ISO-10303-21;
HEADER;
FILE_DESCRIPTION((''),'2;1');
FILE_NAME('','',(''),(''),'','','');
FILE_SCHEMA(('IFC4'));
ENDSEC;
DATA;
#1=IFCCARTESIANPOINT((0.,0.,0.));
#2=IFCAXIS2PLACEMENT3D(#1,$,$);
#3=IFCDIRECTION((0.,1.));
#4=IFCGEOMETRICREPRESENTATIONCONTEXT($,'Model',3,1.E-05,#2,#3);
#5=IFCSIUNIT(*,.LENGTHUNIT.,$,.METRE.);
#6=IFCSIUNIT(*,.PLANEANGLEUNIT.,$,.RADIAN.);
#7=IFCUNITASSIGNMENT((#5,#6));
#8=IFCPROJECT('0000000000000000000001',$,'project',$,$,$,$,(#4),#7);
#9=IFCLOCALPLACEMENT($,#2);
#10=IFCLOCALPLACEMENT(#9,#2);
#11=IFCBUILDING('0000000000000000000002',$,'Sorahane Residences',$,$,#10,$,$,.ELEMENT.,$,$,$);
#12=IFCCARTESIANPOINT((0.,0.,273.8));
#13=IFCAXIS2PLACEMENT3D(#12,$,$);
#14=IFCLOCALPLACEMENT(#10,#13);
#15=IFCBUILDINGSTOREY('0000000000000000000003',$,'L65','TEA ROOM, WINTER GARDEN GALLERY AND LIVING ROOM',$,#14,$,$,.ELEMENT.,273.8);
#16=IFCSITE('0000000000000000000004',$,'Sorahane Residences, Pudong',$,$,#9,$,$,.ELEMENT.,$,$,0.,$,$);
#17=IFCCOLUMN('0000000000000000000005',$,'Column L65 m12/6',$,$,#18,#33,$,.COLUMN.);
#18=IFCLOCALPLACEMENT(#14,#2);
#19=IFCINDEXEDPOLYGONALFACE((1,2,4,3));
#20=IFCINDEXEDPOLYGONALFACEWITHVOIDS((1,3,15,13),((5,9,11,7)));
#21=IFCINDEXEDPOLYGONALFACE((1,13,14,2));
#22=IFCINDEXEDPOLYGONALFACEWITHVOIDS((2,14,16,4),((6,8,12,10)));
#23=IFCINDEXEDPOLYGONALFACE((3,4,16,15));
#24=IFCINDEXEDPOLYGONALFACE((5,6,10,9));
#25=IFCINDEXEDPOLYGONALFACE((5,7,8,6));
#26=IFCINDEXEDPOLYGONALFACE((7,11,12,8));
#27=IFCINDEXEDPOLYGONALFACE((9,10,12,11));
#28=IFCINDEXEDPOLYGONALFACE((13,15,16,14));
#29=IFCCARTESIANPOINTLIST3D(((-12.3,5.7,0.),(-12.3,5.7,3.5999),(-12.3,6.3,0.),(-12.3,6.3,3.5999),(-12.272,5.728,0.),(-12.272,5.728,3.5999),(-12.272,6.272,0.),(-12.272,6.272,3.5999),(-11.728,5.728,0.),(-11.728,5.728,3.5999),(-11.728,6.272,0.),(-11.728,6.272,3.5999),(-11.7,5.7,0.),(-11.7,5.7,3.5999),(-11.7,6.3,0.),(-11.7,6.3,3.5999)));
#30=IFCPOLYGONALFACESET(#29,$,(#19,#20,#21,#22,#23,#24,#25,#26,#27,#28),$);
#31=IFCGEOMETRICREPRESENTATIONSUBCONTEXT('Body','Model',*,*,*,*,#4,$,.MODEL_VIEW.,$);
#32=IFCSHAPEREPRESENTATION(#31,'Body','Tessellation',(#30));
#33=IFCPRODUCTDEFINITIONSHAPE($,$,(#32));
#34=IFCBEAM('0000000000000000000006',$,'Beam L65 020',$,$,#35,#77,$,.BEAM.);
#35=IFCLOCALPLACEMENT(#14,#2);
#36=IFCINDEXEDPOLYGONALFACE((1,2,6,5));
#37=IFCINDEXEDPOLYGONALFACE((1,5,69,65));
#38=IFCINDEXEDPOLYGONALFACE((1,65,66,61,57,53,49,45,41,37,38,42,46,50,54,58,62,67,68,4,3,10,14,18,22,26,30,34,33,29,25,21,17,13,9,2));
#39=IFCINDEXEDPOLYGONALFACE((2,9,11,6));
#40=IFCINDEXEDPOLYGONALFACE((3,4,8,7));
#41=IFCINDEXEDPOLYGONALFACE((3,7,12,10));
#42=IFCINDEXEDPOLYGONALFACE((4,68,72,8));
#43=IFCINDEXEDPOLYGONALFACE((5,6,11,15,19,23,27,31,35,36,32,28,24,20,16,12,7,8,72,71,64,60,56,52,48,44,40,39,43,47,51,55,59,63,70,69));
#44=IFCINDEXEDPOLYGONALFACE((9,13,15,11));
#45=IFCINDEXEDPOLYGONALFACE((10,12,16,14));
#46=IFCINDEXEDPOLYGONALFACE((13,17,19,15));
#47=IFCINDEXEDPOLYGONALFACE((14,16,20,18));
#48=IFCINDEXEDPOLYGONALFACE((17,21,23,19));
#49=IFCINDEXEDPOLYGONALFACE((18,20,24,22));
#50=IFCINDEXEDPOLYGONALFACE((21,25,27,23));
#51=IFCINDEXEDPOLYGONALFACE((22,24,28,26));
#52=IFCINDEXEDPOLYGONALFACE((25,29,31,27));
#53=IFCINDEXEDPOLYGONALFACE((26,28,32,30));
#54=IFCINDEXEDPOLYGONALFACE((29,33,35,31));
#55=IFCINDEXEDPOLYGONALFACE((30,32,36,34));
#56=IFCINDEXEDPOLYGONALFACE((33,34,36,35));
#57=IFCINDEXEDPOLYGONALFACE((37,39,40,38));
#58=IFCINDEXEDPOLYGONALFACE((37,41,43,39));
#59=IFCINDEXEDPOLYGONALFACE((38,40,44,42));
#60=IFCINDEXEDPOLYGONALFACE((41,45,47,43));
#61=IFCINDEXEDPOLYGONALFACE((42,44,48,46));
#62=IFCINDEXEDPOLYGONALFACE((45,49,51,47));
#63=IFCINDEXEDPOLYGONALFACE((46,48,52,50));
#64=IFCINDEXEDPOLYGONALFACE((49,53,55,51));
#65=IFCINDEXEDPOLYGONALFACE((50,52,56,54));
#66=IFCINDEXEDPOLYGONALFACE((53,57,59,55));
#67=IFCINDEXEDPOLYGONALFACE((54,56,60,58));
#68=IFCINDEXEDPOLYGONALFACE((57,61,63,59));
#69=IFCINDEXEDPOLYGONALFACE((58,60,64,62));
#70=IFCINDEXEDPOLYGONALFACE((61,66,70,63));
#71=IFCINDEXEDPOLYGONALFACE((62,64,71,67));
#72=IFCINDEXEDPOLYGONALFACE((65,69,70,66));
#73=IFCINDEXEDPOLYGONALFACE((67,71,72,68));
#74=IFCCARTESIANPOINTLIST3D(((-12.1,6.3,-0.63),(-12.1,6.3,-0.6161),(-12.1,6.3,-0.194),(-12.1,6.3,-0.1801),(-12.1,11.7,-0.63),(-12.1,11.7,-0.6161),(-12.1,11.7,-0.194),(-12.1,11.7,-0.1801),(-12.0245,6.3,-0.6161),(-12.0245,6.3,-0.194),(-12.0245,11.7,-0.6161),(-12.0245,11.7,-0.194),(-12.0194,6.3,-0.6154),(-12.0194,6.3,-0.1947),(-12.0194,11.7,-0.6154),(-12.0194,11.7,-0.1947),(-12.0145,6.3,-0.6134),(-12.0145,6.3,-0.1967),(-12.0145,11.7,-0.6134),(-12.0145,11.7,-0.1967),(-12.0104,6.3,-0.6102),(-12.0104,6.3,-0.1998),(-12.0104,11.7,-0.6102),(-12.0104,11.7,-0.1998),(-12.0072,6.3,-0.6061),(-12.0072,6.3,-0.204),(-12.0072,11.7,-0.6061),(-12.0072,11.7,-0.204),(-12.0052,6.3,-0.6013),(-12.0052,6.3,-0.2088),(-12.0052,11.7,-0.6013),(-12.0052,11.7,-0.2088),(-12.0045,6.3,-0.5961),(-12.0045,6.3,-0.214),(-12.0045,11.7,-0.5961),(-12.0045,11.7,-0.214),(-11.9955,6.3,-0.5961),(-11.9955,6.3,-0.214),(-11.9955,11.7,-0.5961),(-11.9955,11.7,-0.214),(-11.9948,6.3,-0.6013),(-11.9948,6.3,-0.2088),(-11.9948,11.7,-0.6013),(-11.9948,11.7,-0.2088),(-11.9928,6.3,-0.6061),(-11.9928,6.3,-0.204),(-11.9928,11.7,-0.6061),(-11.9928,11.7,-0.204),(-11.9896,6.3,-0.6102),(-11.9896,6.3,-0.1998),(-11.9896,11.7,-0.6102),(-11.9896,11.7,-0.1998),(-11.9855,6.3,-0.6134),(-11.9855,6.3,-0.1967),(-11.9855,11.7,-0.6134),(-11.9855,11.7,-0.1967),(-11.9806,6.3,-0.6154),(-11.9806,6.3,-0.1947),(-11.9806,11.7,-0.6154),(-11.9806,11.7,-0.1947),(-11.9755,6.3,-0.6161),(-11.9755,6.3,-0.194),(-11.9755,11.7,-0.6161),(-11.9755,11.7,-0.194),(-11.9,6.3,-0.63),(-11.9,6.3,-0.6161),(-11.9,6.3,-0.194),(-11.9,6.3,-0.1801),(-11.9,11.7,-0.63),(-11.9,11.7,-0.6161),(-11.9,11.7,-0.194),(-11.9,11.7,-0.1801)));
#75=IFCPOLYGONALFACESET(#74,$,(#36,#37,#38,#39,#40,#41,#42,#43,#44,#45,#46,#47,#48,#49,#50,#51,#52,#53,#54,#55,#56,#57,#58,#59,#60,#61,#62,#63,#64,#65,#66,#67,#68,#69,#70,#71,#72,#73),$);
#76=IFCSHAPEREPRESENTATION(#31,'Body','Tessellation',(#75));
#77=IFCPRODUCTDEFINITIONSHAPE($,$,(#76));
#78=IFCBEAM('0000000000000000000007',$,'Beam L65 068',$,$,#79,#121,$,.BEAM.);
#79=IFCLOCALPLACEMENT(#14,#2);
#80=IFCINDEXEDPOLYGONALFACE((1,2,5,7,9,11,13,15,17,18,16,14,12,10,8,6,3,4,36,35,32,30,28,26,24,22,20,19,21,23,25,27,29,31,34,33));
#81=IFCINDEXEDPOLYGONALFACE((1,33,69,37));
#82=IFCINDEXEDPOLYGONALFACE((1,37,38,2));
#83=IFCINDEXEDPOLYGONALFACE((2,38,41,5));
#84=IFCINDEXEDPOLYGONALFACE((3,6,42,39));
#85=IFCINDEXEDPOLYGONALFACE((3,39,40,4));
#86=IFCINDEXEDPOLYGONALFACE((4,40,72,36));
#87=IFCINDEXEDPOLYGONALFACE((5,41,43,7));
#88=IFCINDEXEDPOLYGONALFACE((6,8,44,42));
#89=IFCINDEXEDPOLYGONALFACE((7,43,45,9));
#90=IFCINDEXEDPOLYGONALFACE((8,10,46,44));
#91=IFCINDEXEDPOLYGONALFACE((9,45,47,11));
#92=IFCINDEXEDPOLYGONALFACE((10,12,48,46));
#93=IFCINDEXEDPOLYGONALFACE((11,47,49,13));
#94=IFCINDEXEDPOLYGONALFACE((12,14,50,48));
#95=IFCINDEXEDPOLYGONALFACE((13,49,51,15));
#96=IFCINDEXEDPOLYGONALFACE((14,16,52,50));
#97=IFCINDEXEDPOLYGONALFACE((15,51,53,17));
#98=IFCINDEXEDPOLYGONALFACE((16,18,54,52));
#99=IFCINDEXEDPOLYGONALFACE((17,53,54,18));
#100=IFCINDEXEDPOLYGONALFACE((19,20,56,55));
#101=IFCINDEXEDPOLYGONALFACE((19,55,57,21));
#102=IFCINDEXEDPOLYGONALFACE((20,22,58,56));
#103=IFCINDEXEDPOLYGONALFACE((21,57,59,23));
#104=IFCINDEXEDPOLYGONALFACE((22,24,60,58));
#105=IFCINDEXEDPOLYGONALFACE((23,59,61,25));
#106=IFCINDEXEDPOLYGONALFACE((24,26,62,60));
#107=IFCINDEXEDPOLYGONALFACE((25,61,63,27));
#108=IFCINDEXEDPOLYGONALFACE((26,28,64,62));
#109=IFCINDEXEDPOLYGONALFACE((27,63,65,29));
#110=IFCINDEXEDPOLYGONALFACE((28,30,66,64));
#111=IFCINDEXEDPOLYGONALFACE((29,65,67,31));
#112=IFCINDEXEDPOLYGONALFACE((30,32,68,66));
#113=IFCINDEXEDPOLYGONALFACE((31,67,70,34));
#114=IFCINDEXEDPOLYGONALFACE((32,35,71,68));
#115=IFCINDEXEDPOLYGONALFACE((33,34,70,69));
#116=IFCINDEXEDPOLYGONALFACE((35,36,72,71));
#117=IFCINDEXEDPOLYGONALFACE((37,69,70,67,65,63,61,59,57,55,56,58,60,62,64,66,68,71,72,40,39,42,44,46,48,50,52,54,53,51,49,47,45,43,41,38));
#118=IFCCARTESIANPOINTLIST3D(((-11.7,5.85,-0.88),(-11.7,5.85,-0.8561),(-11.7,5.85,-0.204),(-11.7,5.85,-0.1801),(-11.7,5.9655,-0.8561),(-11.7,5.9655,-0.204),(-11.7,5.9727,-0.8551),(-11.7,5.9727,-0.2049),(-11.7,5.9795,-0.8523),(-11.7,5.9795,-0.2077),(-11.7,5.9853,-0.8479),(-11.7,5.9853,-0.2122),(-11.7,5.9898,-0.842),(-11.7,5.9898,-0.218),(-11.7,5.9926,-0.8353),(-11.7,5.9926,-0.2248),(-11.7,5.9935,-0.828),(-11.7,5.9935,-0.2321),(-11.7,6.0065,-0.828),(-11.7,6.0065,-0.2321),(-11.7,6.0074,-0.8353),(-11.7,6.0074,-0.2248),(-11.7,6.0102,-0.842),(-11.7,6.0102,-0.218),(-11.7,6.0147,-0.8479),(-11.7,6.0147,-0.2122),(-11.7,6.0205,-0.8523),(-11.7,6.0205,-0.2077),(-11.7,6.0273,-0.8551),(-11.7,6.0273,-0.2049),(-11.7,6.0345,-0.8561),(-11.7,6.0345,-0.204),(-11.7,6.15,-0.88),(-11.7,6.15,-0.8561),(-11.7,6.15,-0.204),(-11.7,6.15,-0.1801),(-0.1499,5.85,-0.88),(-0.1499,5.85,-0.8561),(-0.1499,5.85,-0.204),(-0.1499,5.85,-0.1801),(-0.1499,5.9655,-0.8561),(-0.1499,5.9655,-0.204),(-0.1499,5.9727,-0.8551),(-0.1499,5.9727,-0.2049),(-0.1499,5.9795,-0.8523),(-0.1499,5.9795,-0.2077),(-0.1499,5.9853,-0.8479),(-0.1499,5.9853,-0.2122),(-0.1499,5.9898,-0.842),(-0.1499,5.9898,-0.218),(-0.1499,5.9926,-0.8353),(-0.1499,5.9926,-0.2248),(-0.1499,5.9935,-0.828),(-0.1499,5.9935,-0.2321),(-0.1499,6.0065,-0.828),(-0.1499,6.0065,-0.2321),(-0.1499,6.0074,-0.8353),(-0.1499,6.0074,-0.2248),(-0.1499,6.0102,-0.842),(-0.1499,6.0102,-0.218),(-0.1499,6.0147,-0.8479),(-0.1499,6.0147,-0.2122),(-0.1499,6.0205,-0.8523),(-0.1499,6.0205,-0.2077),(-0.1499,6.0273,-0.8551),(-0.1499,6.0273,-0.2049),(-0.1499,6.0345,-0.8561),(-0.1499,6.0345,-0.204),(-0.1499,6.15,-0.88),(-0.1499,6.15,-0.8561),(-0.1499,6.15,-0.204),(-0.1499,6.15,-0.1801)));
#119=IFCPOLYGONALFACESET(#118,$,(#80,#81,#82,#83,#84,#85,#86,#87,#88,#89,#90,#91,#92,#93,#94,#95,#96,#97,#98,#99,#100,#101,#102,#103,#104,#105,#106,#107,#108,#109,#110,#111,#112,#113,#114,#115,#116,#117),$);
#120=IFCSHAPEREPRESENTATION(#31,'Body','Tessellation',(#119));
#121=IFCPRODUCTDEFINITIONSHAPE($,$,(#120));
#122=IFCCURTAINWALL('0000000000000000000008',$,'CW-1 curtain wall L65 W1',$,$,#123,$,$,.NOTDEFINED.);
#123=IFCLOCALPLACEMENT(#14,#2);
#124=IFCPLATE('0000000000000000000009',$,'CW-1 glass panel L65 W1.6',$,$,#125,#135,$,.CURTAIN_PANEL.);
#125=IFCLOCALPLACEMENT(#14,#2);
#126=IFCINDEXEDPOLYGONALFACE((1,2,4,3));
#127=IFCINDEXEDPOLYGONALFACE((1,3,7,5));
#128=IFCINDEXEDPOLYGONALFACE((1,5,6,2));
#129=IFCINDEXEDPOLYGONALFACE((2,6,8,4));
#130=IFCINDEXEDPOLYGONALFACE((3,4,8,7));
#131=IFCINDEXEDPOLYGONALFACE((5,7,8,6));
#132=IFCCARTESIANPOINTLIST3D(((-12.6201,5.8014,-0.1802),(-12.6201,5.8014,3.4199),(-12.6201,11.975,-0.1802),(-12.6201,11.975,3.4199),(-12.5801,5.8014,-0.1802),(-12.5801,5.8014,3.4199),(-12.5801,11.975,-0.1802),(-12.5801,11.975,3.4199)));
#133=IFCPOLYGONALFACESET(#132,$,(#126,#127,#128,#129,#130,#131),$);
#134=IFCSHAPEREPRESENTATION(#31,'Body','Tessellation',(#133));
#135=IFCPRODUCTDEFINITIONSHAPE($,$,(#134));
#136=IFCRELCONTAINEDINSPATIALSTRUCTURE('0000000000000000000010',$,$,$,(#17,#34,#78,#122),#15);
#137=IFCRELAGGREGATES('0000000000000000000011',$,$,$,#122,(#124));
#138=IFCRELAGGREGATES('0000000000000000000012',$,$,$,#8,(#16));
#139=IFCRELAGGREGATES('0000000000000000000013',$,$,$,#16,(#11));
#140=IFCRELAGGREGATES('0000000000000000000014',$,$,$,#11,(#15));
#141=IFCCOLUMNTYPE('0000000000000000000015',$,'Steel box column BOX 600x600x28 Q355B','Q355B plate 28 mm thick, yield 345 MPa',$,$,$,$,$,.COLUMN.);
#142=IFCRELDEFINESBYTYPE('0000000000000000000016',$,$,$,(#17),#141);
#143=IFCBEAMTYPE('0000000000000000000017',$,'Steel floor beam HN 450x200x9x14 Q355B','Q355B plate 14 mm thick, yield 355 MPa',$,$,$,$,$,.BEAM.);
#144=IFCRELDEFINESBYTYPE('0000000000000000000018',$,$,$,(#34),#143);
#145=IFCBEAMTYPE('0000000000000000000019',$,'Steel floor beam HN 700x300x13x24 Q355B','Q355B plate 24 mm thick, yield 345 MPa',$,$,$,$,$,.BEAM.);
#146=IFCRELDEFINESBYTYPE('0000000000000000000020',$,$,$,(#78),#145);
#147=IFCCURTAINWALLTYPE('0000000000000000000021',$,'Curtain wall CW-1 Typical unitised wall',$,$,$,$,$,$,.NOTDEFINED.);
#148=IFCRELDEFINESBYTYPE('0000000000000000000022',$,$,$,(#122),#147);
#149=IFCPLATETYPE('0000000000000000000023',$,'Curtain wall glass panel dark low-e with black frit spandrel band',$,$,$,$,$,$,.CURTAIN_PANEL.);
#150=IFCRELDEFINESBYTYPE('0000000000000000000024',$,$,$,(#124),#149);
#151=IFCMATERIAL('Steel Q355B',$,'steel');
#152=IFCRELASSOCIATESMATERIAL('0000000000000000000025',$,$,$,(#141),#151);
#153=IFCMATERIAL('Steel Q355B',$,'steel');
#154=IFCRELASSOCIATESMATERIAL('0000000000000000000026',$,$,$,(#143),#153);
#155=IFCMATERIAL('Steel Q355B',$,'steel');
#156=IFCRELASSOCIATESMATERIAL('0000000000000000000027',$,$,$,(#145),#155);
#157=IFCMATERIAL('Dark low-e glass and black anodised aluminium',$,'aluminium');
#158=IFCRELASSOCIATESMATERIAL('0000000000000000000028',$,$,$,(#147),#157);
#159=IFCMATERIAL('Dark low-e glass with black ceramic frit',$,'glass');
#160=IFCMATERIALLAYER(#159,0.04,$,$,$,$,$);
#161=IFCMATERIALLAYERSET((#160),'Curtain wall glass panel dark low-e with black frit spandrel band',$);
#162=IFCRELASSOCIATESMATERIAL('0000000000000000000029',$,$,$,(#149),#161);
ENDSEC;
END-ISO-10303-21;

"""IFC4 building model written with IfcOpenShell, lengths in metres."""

from ifc_helpers import new_model, si_unit, direction, frame, origin, origin_2d, place, context, subcontext, project, spatial, rectangle, hollow_rectangle, i_section, extrude, material, layer, layer_set, material_profile, profile_set, type_object, element, aggregate, save


model = new_model("IFC4")

# Units and contexts
model_context = context("Model", 3, precision=1e-05, world=origin(), true_north=direction((0.0, 1.0)))
body_context = subcontext(model_context, "Body", "Model", "MODEL_VIEW")
ifc_project = project(units=[si_unit("LENGTHUNIT", "METRE"), si_unit("PLANEANGLEUNIT", "RADIAN")], contexts=[model_context])

# Site, building, storey
site_placement = place(None, origin())
site = spatial("IfcSite", under=ifc_project, at=site_placement, Name="Sorahane Residences, Pudong", CompositionType="ELEMENT", RefElevation=0.0)
building_placement = place(site_placement, origin())
building = spatial("IfcBuilding", under=site, at=building_placement, Name="Sorahane Residences", CompositionType="ELEMENT")
storey_placement = place(building_placement, frame((0.0, 0.0, 273.8)))
storey = spatial("IfcBuildingStorey", under=building, at=storey_placement, Name="L65", Description="TEA ROOM, WINTER GARDEN GALLERY AND LIVING ROOM", CompositionType="ELEMENT", Elevation=273.8)

# Column
ifc_material_1 = material(Name="Steel Q355B", Category="steel")
ifc_material_profile_1 = material_profile(ifc_material_1, hollow_rectangle(XDim=0.6001, YDim=0.6001, WallThickness=0.0281, at=origin_2d()), Name="BOX 600x600x28")
ifc_profile_set_1 = profile_set([ifc_material_profile_1], Name="Steel Q355B")
column_type = type_object("IfcColumnType", Name="Steel box column BOX 600x600x28 Q355B", Description="Q355B plate 28 mm thick, yield 345 MPa", PredefinedType="COLUMN", material=ifc_profile_set_1)
column_placement = place(storey_placement, frame((-12.0, 6.0, 0.0), z_axis=(0.0, 0.0, 1.0), x_axis=(1.0, 0.0, 0.0)))
element("IfcColumn", 1, at=column_placement, inside=storey, type_object=column_type, Name="Column L65 m12/6", PredefinedType="COLUMN", context=body_context, shape_type="SweptSolid", body=[
    extrude(hollow_rectangle(XDim=0.6001, YDim=0.6001, WallThickness=0.0281, at=origin_2d()), origin(), (0.0, 0.0, 1.0), 3.5999),
])

# Beams
ifc_material_2 = material(Name="Steel Q355B", Category="steel")
ifc_material_profile_2 = material_profile(ifc_material_2, i_section(OverallWidth=0.2, OverallDepth=0.45, WebThickness=0.009, FlangeThickness=0.0139, FilletRadius=0.02, at=origin_2d()), Name="HN 450x200x9x14")
ifc_profile_set_2 = profile_set([ifc_material_profile_2], Name="Steel Q355B")
beam_type_1 = type_object("IfcBeamType", Name="Steel floor beam HN 450x200x9x14 Q355B", Description="Q355B plate 14 mm thick, yield 355 MPa", PredefinedType="BEAM", material=ifc_profile_set_2)
beam_1_placement = place(storey_placement, frame((-12.0, 6.3, -0.405), z_axis=(0.0, 1.0, 0.0), x_axis=(-1.0, 0.0, 0.0)))
element("IfcBeam", 2, at=beam_1_placement, inside=storey, type_object=beam_type_1, Name="Beam L65 020", PredefinedType="BEAM", context=body_context, shape_type="SweptSolid", body=[
    extrude(i_section(OverallWidth=0.2, OverallDepth=0.45, WebThickness=0.009, FlangeThickness=0.0139, FilletRadius=0.02, at=origin_2d()), origin(), (0.0, 0.0, 1.0), 5.3999),
])
ifc_material_3 = material(Name="Steel Q355B", Category="steel")
ifc_material_profile_3 = material_profile(ifc_material_3, i_section(OverallWidth=0.3, OverallDepth=0.7, WebThickness=0.0129, FlangeThickness=0.0239, FilletRadius=0.0281, at=origin_2d()), Name="HN 700x300x13x24")
ifc_profile_set_3 = profile_set([ifc_material_profile_3], Name="Steel Q355B")
beam_type_2 = type_object("IfcBeamType", Name="Steel floor beam HN 700x300x13x24 Q355B", Description="Q355B plate 24 mm thick, yield 345 MPa", PredefinedType="BEAM", material=ifc_profile_set_3)
beam_2_placement = place(storey_placement, frame((-11.7, 6.0, -0.53), z_axis=(1.0, 0.0, 0.0), x_axis=(0.0, 1.0, 0.0)))
element("IfcBeam", 3, at=beam_2_placement, inside=storey, type_object=beam_type_2, Name="Beam L65 068", PredefinedType="BEAM", context=body_context, shape_type="SweptSolid", body=[
    extrude(i_section(OverallWidth=0.3, OverallDepth=0.7, WebThickness=0.0129, FlangeThickness=0.0239, FilletRadius=0.0281, at=origin_2d()), origin(), (0.0, 0.0, 1.0), 11.55),
])

# Curtain wall, plate
ifc_material_4 = material(Name="Dark low-e glass and black anodised aluminium", Category="aluminium")
curtain_wall_type = type_object("IfcCurtainWallType", Name="Curtain wall CW-1 Typical unitised wall", PredefinedType="NOTDEFINED", material=ifc_material_4)
curtain_wall_placement = place(storey_placement, origin())
curtain_wall = element("IfcCurtainWall", 4, at=curtain_wall_placement, inside=storey, type_object=curtain_wall_type, Name="CW-1 curtain wall L65 W1", PredefinedType="NOTDEFINED")
ifc_material_5 = material(Name="Dark low-e glass with black ceramic frit", Category="glass")
ifc_layer_1 = layer(ifc_material_5, 0.04)
ifc_layer_set_1 = layer_set([ifc_layer_1], Name="Curtain wall glass panel dark low-e with black frit spandrel band")
plate_type = type_object("IfcPlateType", Name="Curtain wall glass panel dark low-e with black frit spandrel band", PredefinedType="CURTAIN_PANEL", material=ifc_layer_set_1)
plate_placement = place(storey_placement, frame((-12.6001, 8.8882, -0.1802), z_axis=(0.0, 0.0, 1.0), x_axis=(0.0, -1.0, 0.0)))
plate = element("IfcPlate", 5, at=plate_placement, type_object=plate_type, Name="CW-1 glass panel L65 W1.6", PredefinedType="CURTAIN_PANEL", context=body_context, shape_type="SweptSolid", body=[
    extrude(rectangle(XDim=6.1736, YDim=0.04, at=origin_2d()), origin(), (0.0, 0.0, 1.0), 3.6001),
])
aggregate(curtain_wall, [plate])

save(model, "model.ifc")
